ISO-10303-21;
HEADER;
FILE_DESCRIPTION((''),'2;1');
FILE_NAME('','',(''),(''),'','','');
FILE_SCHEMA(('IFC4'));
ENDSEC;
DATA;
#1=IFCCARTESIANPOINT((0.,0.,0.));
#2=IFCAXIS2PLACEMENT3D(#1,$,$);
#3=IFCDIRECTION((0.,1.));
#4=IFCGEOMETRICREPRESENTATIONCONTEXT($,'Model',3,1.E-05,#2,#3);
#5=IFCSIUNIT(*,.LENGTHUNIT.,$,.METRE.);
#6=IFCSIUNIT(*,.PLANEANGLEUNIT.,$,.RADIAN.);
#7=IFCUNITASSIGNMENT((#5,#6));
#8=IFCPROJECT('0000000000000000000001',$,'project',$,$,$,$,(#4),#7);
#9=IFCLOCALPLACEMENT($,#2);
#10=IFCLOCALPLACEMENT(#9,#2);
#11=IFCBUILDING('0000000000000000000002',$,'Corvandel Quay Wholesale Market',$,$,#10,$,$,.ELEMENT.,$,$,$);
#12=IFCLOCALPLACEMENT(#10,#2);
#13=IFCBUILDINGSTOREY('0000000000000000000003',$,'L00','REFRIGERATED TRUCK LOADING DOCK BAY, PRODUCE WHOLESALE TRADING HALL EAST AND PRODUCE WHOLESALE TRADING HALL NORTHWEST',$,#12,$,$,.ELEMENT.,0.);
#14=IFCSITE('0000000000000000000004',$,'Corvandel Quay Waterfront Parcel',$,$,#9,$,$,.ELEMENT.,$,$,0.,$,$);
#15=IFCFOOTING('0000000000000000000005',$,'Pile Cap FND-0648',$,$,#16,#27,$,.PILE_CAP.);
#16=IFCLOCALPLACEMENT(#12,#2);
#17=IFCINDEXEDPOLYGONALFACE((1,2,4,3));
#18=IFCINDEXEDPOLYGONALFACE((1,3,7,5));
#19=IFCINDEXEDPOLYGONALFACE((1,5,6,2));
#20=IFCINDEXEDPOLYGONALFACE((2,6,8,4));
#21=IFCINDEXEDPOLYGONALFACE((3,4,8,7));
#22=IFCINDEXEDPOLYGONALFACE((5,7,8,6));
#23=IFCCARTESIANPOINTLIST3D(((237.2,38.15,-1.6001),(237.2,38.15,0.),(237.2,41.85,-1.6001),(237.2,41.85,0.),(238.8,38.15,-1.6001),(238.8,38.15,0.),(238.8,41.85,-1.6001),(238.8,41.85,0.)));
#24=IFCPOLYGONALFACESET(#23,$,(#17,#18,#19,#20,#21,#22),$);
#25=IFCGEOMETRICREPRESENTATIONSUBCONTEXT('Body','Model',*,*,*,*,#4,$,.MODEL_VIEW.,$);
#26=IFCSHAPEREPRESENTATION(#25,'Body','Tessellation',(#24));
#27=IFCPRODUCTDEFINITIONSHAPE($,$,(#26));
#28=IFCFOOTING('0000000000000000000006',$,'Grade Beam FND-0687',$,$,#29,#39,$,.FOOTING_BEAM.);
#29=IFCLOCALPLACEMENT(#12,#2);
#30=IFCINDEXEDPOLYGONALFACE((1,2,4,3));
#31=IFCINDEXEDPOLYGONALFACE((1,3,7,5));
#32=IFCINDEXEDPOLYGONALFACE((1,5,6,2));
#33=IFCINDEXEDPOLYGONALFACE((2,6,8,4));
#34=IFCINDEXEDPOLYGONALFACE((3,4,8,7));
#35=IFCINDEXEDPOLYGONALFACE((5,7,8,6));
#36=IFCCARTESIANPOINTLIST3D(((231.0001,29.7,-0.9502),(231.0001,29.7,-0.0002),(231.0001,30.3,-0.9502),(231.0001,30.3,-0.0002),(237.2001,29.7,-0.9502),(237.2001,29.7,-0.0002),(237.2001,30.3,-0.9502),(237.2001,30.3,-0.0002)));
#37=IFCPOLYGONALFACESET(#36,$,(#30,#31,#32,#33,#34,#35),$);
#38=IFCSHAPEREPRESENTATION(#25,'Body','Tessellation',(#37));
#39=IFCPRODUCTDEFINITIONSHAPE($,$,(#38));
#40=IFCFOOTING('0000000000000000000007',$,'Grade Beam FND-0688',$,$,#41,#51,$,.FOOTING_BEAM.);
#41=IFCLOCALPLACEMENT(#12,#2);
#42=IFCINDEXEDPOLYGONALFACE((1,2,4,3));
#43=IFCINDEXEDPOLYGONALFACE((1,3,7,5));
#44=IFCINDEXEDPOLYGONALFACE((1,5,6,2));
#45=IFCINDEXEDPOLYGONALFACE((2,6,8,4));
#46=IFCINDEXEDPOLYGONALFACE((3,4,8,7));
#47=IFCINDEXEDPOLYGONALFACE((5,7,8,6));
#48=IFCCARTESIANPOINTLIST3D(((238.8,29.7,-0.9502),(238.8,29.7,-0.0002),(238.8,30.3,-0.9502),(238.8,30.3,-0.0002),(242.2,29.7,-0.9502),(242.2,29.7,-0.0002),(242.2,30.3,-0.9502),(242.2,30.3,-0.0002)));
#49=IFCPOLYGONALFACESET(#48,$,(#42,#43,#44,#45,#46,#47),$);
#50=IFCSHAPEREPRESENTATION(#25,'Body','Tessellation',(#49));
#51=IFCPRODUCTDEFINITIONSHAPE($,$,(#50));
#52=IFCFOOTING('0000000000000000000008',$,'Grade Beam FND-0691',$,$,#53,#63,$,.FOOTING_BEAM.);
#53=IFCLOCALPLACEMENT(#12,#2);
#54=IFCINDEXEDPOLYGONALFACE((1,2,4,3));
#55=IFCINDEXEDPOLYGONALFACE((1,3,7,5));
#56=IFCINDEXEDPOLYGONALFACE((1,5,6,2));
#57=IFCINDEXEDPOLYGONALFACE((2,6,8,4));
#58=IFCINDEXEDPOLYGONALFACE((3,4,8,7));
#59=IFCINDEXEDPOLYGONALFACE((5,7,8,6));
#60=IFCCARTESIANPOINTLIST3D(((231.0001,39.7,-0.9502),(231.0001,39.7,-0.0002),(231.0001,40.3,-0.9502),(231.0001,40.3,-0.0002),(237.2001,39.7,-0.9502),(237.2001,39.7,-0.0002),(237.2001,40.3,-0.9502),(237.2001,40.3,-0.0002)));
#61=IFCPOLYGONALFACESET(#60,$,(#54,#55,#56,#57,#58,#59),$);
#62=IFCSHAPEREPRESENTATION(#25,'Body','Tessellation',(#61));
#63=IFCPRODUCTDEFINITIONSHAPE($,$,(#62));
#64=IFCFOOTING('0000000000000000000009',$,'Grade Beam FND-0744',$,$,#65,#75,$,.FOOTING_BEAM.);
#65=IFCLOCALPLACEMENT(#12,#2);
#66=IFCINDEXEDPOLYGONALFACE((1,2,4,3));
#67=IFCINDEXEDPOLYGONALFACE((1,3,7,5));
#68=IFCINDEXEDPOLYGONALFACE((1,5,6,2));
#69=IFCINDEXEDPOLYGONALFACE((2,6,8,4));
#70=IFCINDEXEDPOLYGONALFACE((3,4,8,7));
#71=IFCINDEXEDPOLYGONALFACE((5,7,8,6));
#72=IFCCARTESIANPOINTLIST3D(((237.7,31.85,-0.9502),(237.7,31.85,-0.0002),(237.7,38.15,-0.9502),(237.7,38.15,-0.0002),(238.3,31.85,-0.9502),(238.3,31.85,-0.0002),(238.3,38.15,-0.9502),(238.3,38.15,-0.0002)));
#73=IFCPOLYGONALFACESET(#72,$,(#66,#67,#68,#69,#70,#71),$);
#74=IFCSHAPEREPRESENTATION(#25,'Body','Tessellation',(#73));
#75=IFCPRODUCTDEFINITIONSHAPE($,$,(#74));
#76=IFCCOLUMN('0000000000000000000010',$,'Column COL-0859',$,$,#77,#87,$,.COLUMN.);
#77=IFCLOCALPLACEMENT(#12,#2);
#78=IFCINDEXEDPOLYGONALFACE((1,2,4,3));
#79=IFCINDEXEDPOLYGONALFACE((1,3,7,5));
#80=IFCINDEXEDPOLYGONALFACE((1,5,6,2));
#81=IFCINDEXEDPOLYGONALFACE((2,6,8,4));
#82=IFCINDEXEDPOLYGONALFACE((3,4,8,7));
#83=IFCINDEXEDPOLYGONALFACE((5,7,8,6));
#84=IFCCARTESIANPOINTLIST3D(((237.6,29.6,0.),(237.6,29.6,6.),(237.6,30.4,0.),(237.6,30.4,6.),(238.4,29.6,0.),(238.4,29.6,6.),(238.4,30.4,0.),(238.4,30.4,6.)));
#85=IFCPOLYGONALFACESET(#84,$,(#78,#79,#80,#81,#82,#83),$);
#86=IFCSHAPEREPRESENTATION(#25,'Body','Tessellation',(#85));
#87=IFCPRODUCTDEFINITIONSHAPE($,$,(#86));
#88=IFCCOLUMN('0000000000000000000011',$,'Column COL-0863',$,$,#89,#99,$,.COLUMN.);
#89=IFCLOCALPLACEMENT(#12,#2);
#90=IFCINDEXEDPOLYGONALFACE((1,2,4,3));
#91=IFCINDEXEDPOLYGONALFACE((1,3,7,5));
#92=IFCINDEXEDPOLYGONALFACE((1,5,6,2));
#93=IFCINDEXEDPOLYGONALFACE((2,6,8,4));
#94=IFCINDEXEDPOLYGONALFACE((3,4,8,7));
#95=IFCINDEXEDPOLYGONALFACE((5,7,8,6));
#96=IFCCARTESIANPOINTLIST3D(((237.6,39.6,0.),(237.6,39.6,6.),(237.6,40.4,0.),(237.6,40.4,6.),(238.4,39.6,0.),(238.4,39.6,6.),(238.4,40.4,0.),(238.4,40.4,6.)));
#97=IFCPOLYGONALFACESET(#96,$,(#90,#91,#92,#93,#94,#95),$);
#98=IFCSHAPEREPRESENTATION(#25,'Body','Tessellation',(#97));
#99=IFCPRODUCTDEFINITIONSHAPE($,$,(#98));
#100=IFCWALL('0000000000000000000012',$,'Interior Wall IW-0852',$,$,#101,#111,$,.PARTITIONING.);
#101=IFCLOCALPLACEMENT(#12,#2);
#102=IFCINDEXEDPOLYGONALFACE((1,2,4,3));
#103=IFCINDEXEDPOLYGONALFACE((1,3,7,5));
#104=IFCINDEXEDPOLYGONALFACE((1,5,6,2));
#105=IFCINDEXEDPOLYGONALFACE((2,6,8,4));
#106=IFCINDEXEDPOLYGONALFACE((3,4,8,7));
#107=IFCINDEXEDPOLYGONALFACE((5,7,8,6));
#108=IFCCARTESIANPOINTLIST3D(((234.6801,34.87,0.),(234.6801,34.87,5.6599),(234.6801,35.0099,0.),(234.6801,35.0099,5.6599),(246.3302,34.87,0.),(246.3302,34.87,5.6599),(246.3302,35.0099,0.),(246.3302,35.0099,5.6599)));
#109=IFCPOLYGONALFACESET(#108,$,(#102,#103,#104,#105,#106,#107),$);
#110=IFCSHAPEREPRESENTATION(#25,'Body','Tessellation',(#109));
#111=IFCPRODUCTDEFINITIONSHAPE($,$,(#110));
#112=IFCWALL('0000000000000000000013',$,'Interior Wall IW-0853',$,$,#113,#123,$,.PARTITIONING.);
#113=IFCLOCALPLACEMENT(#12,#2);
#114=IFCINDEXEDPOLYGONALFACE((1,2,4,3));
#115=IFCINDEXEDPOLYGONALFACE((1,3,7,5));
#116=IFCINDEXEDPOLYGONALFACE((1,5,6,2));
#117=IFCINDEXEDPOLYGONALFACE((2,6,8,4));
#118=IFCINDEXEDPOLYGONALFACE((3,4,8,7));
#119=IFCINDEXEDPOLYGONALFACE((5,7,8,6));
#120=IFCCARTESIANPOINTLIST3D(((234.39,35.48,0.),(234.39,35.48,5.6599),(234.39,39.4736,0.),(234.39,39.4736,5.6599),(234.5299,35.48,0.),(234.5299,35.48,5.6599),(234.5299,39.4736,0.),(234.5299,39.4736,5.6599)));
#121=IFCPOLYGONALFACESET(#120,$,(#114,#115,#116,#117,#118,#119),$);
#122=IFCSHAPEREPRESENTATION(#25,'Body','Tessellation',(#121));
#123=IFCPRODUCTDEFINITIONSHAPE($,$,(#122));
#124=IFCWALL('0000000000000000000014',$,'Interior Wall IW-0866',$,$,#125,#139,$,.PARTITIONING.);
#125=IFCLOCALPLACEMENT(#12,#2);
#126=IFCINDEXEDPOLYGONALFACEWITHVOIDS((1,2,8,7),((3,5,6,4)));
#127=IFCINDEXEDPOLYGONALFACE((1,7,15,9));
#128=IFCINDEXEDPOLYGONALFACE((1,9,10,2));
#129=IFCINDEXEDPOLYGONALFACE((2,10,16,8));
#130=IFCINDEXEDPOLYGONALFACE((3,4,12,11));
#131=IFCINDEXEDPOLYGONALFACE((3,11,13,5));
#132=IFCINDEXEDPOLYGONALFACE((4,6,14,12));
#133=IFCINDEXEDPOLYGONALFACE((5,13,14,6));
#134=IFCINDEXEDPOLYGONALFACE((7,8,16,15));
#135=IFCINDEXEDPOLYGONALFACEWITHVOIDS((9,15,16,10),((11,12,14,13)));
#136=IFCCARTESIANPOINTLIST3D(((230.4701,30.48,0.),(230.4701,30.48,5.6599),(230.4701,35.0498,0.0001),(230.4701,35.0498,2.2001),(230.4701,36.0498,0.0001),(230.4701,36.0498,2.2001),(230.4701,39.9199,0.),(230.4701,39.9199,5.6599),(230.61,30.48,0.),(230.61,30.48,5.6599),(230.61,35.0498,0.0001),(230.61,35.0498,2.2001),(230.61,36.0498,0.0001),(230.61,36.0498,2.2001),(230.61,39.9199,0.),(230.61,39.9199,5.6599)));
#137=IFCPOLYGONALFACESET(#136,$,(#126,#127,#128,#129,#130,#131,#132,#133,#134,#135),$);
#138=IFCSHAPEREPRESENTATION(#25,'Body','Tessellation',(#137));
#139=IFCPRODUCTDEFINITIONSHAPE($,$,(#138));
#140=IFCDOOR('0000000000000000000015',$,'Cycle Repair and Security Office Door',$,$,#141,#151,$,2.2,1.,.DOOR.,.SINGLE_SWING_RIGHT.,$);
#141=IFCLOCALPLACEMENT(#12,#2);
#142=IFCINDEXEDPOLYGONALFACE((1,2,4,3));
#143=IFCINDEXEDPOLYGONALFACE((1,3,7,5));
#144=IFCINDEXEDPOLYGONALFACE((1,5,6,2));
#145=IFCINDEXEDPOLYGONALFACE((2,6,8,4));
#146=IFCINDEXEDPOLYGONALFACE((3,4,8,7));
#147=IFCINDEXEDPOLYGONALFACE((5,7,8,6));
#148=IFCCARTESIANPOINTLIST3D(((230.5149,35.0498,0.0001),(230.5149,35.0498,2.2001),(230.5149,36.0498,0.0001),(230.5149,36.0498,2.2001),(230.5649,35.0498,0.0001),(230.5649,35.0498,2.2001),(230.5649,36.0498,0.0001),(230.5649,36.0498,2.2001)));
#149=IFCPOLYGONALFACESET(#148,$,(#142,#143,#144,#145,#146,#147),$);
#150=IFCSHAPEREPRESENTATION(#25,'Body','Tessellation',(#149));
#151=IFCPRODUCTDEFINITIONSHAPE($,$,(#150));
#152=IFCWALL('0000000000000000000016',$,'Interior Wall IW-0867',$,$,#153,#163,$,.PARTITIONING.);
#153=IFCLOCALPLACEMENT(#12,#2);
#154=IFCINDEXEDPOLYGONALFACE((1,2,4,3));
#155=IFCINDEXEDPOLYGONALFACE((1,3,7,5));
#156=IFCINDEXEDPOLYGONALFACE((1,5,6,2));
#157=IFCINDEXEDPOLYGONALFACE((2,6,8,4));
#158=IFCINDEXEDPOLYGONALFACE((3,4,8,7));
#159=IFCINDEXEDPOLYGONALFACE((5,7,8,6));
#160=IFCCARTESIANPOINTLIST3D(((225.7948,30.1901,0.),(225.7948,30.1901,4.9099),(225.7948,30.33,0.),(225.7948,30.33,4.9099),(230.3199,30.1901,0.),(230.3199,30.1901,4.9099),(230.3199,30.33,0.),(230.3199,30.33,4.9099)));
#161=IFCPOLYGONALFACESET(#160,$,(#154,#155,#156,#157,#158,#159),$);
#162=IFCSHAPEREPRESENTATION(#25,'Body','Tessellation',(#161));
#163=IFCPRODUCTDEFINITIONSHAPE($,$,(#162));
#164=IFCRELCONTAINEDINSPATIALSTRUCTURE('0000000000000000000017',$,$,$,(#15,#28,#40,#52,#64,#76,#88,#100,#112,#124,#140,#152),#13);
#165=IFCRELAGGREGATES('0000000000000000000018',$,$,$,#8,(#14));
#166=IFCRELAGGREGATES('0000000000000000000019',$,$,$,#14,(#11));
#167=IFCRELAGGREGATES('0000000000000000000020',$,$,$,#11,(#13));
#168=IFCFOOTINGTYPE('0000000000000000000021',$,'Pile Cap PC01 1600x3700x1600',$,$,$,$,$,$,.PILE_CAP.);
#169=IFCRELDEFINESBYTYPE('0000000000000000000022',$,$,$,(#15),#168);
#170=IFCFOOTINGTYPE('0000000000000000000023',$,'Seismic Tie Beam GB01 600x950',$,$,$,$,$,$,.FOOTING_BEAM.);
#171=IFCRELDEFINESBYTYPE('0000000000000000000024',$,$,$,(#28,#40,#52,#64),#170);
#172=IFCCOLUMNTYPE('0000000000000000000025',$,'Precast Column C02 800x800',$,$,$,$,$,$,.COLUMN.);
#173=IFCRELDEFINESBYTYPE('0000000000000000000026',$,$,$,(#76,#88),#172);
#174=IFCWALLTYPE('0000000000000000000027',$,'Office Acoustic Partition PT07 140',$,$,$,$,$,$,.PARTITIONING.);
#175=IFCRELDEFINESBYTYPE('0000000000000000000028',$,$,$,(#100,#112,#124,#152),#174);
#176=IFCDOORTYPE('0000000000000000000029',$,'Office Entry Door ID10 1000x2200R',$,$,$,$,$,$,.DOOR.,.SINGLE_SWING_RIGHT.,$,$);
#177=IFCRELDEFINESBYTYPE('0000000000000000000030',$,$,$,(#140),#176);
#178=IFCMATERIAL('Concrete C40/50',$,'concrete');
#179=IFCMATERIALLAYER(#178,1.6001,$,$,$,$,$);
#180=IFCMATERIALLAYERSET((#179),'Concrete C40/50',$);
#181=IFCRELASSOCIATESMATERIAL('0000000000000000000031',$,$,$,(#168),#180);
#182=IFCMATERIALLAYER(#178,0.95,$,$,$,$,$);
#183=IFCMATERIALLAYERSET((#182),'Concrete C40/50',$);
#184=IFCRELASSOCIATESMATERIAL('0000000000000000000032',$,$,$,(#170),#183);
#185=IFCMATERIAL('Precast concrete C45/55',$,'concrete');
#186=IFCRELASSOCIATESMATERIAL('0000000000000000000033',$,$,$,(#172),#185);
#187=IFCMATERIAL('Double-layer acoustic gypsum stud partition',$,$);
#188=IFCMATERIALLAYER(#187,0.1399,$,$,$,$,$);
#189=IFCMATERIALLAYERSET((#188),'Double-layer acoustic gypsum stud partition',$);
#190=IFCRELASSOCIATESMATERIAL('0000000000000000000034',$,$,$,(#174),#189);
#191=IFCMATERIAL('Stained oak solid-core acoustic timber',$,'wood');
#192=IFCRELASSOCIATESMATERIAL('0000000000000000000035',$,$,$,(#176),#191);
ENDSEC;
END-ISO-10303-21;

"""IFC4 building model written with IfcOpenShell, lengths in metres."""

from ifc_helpers import new_model, si_unit, direction, frame, frame_2d, origin, origin_2d, place, context, subcontext, project, spatial, rectangle, extrude, material, layer, layer_set, material_profile, profile_set, type_object, element, fill, save


model = new_model("IFC4")

# Units and contexts
model_context = context("Model", 3, precision=1e-05, world=origin(), true_north=direction((0.0, 1.0)))
body_context = subcontext(model_context, "Body", "Model", "MODEL_VIEW")
ifc_project = project(units=[si_unit("LENGTHUNIT", "METRE"), si_unit("PLANEANGLEUNIT", "RADIAN")], contexts=[model_context])

# Site, building, storey
site_placement = place(None, origin())
site = spatial("IfcSite", under=ifc_project, at=site_placement, Name="Corvandel Quay Waterfront Parcel", CompositionType="ELEMENT", RefElevation=0.0)
building_placement = place(site_placement, origin())
building = spatial("IfcBuilding", under=site, at=building_placement, Name="Corvandel Quay Wholesale Market", CompositionType="ELEMENT")
storey_placement = place(building_placement, origin())
storey = spatial("IfcBuildingStorey", under=building, at=storey_placement, Name="L00", Description="REFRIGERATED TRUCK LOADING DOCK BAY, PRODUCE WHOLESALE TRADING HALL EAST AND PRODUCE WHOLESALE TRADING HALL NORTHWEST", CompositionType="ELEMENT", Elevation=0.0)

# Shared definitions
ifc_material_1 = material(Name="Concrete C40/50", Category="concrete")

# Footings
ifc_layer_1 = layer(ifc_material_1, 1.6001)
ifc_layer_set_1 = layer_set([ifc_layer_1], Name="Concrete C40/50")
footing_type_1 = type_object("IfcFootingType", Name="Pile Cap PC01 1600x3700x1600", PredefinedType="PILE_CAP", material=ifc_layer_set_1)
for number, where, z_axis, x_axis, name in (
    (1, (238.0, 40.0, -1.6001), (0.0, 0.0, 1.0), (1.0, 0.0, 0.0), "Pile Cap FND-0648"),
):
    element("IfcFooting", number, at=place(storey_placement, frame(where, z_axis=z_axis, x_axis=x_axis)), inside=storey, type_object=footing_type_1, Name=name, PredefinedType="PILE_CAP", context=body_context, shape_type="SweptSolid", body=[
        extrude(rectangle(XDim=1.6001, YDim=3.7, at=origin_2d()), origin(), (0.0, 0.0, 1.0), 1.6001),
    ])
ifc_layer_2 = layer(ifc_material_1, 0.95)
ifc_layer_set_2 = layer_set([ifc_layer_2], Name="Concrete C40/50")
footing_type_2 = type_object("IfcFootingType", Name="Seismic Tie Beam GB01 600x950", PredefinedType="FOOTING_BEAM", material=ifc_layer_set_2)
footing_1_placement = place(storey_placement, frame((234.1001, 30.0, -0.9502), z_axis=(0.0, 0.0, 1.0), x_axis=(1.0, 0.0, 0.0)))
element("IfcFooting", 2, at=footing_1_placement, inside=storey, type_object=footing_type_2, Name="Grade Beam FND-0687", PredefinedType="FOOTING_BEAM", context=body_context, shape_type="SweptSolid", body=[
    extrude(rectangle(XDim=6.2, YDim=0.6001, at=origin_2d()), origin(), (0.0, 0.0, 1.0), 0.95),
])
footing_2_placement = place(storey_placement, frame((240.5, 30.0, -0.9502), z_axis=(0.0, 0.0, 1.0), x_axis=(1.0, 0.0, 0.0)))
element("IfcFooting", 3, at=footing_2_placement, inside=storey, type_object=footing_type_2, Name="Grade Beam FND-0688", PredefinedType="FOOTING_BEAM", context=body_context, shape_type="SweptSolid", body=[
    extrude(rectangle(XDim=3.3999, YDim=0.6001, at=origin_2d()), origin(), (0.0, 0.0, 1.0), 0.95),
])
footing_3_placement = place(storey_placement, frame((234.1001, 40.0, -0.9502), z_axis=(0.0, 0.0, 1.0), x_axis=(1.0, 0.0, 0.0)))
element("IfcFooting", 4, at=footing_3_placement, inside=storey, type_object=footing_type_2, Name="Grade Beam FND-0691", PredefinedType="FOOTING_BEAM", context=body_context, shape_type="SweptSolid", body=[
    extrude(rectangle(XDim=6.2, YDim=0.6001, at=origin_2d()), origin(), (0.0, 0.0, 1.0), 0.95),
])
footing_4_placement = place(storey_placement, frame((238.0, 35.0, -0.9502), z_axis=(0.0, 0.0, 1.0), x_axis=(0.0, 1.0, 0.0)))
element("IfcFooting", 5, at=footing_4_placement, inside=storey, type_object=footing_type_2, Name="Grade Beam FND-0744", PredefinedType="FOOTING_BEAM", context=body_context, shape_type="SweptSolid", body=[
    extrude(rectangle(XDim=6.3, YDim=0.6001, at=origin_2d()), origin(), (0.0, 0.0, 1.0), 0.95),
])

# Columns
ifc_material_2 = material(Name="Precast concrete C45/55", Category="concrete")
ifc_material_profile_1 = material_profile(ifc_material_2, rectangle(XDim=0.8, YDim=0.8, at=origin_2d()), Name="PC-COL-800x800")
ifc_profile_set_1 = profile_set([ifc_material_profile_1], Name="Precast concrete C45/55")
column_type = type_object("IfcColumnType", Name="Precast Column C02 800x800", PredefinedType="COLUMN", material=ifc_profile_set_1)
for number, where, z_axis, x_axis, name in (
    (6, (238.0, 30.0, 0.0), (0.0, 0.0, 1.0), (1.0, 0.0, 0.0), "Column COL-0859"),
    (7, (238.0, 40.0, 0.0), (0.0, 0.0, 1.0), (1.0, 0.0, 0.0), "Column COL-0863"),
):
    element("IfcColumn", number, at=place(storey_placement, frame(where, z_axis=z_axis, x_axis=x_axis)), inside=storey, type_object=column_type, Name=name, PredefinedType="COLUMN", context=body_context, shape_type="SweptSolid", body=[
        extrude(rectangle(XDim=0.8, YDim=0.8, at=origin_2d()), origin(), (0.0, 0.0, 1.0), 6.0),
    ])

# Walls
ifc_material_3 = material(Name="Double-layer acoustic gypsum stud partition")
ifc_layer_3 = layer(ifc_material_3, 0.1399)
ifc_layer_set_3 = layer_set([ifc_layer_3], Name="Double-layer acoustic gypsum stud partition")
wall_type = type_object("IfcWallType", Name="Office Acoustic Partition PT07 140", PredefinedType="PARTITIONING", material=ifc_layer_set_3)
wall_1_placement = place(storey_placement, frame((234.6799, 34.9399, 0.0), z_axis=(0.0, 0.0, 1.0), x_axis=(1.0, 0.0, 0.0)))
element("IfcWall", 8, at=wall_1_placement, inside=storey, type_object=wall_type, Name="Interior Wall IW-0852", PredefinedType="PARTITIONING", context=body_context, shape_type="SweptSolid", body=[
    extrude(rectangle(XDim=11.6501, YDim=0.1399, at=frame_2d((5.8252, 0.0))), origin(), (0.0, 0.0, 1.0), 5.6599),
])
wall_2_placement = place(storey_placement, frame((234.46, 35.48, 0.0), z_axis=(0.0, 0.0, 1.0), x_axis=(0.0, 1.0, 0.0)))
element("IfcWall", 9, at=wall_2_placement, inside=storey, type_object=wall_type, Name="Interior Wall IW-0853", PredefinedType="PARTITIONING", context=body_context, shape_type="SweptSolid", body=[
    extrude(rectangle(XDim=3.9937, YDim=0.1399, at=frame_2d((1.9968, 0.0))), origin(), (0.0, 0.0, 1.0), 5.6599),
])

# Wall, opening, door
wall_3_placement = place(storey_placement, frame((230.54, 39.9199, 0.0), z_axis=(0.0, 0.0, 1.0), x_axis=(0.0, -1.0, 0.0)))
wall_3 = element("IfcWall", 10, at=wall_3_placement, inside=storey, type_object=wall_type, Name="Interior Wall IW-0866", PredefinedType="PARTITIONING", context=body_context, shape_type="SweptSolid", body=[
    extrude(rectangle(XDim=9.4399, YDim=0.1399, at=frame_2d((4.72, 0.0))), origin(), (0.0, 0.0, 1.0), 5.6599),
])
opening_placement = place(wall_3_placement, frame((3.8701, 0.0, 0.0)))
opening = element("IfcOpeningElement", 11, at=opening_placement, cuts=wall_3, PredefinedType="OPENING", context=body_context, shape_type="SweptSolid", body=[
    extrude(rectangle(XDim=1.0, YDim=2.2, at=frame_2d((0.5, 1.1001))), frame((0.0, 0.0798, 0.0), z_axis=(0.0, -1.0, 0.0), x_axis=(1.0, 0.0, 0.0)), (0.0, 0.0, 1.0), 0.1599),
])
ifc_material_4 = material(Name="Stained oak solid-core acoustic timber", Category="wood")
door_type = type_object("IfcDoorType", Name="Office Entry Door ID10 1000x2200R", OperationType="SINGLE_SWING_RIGHT", PredefinedType="DOOR", material=ifc_material_4)
door_placement = place(opening_placement, origin())
door = element("IfcDoor", 12, at=door_placement, inside=storey, type_object=door_type, Name="Cycle Repair and Security Office Door", OperationType="SINGLE_SWING_RIGHT", OverallHeight=2.2, OverallWidth=1.0, PredefinedType="DOOR", context=body_context, shape_type="SweptSolid", body=[
    extrude(rectangle(XDim=1.0, YDim=2.2, at=frame_2d((0.5, 1.1001))), frame((0.0, 0.0249, 0.0), z_axis=(0.0, -1.0, 0.0), x_axis=(1.0, 0.0, 0.0)), (0.0, 0.0, 1.0), 0.05),
])
fill(opening, door)

# Wall
wall_4_placement = place(storey_placement, frame((230.3201, 30.26, 0.0), z_axis=(0.0, 0.0, 1.0), x_axis=(-1.0, 0.0, 0.0)))
element("IfcWall", 13, at=wall_4_placement, inside=storey, type_object=wall_type, Name="Interior Wall IW-0867", PredefinedType="PARTITIONING", context=body_context, shape_type="SweptSolid", body=[
    extrude(rectangle(XDim=4.5251, YDim=0.1399, at=frame_2d((2.2627, 0.0))), origin(), (0.0, 0.0, 1.0), 4.9099),
])

save(model, "model.ifc")
